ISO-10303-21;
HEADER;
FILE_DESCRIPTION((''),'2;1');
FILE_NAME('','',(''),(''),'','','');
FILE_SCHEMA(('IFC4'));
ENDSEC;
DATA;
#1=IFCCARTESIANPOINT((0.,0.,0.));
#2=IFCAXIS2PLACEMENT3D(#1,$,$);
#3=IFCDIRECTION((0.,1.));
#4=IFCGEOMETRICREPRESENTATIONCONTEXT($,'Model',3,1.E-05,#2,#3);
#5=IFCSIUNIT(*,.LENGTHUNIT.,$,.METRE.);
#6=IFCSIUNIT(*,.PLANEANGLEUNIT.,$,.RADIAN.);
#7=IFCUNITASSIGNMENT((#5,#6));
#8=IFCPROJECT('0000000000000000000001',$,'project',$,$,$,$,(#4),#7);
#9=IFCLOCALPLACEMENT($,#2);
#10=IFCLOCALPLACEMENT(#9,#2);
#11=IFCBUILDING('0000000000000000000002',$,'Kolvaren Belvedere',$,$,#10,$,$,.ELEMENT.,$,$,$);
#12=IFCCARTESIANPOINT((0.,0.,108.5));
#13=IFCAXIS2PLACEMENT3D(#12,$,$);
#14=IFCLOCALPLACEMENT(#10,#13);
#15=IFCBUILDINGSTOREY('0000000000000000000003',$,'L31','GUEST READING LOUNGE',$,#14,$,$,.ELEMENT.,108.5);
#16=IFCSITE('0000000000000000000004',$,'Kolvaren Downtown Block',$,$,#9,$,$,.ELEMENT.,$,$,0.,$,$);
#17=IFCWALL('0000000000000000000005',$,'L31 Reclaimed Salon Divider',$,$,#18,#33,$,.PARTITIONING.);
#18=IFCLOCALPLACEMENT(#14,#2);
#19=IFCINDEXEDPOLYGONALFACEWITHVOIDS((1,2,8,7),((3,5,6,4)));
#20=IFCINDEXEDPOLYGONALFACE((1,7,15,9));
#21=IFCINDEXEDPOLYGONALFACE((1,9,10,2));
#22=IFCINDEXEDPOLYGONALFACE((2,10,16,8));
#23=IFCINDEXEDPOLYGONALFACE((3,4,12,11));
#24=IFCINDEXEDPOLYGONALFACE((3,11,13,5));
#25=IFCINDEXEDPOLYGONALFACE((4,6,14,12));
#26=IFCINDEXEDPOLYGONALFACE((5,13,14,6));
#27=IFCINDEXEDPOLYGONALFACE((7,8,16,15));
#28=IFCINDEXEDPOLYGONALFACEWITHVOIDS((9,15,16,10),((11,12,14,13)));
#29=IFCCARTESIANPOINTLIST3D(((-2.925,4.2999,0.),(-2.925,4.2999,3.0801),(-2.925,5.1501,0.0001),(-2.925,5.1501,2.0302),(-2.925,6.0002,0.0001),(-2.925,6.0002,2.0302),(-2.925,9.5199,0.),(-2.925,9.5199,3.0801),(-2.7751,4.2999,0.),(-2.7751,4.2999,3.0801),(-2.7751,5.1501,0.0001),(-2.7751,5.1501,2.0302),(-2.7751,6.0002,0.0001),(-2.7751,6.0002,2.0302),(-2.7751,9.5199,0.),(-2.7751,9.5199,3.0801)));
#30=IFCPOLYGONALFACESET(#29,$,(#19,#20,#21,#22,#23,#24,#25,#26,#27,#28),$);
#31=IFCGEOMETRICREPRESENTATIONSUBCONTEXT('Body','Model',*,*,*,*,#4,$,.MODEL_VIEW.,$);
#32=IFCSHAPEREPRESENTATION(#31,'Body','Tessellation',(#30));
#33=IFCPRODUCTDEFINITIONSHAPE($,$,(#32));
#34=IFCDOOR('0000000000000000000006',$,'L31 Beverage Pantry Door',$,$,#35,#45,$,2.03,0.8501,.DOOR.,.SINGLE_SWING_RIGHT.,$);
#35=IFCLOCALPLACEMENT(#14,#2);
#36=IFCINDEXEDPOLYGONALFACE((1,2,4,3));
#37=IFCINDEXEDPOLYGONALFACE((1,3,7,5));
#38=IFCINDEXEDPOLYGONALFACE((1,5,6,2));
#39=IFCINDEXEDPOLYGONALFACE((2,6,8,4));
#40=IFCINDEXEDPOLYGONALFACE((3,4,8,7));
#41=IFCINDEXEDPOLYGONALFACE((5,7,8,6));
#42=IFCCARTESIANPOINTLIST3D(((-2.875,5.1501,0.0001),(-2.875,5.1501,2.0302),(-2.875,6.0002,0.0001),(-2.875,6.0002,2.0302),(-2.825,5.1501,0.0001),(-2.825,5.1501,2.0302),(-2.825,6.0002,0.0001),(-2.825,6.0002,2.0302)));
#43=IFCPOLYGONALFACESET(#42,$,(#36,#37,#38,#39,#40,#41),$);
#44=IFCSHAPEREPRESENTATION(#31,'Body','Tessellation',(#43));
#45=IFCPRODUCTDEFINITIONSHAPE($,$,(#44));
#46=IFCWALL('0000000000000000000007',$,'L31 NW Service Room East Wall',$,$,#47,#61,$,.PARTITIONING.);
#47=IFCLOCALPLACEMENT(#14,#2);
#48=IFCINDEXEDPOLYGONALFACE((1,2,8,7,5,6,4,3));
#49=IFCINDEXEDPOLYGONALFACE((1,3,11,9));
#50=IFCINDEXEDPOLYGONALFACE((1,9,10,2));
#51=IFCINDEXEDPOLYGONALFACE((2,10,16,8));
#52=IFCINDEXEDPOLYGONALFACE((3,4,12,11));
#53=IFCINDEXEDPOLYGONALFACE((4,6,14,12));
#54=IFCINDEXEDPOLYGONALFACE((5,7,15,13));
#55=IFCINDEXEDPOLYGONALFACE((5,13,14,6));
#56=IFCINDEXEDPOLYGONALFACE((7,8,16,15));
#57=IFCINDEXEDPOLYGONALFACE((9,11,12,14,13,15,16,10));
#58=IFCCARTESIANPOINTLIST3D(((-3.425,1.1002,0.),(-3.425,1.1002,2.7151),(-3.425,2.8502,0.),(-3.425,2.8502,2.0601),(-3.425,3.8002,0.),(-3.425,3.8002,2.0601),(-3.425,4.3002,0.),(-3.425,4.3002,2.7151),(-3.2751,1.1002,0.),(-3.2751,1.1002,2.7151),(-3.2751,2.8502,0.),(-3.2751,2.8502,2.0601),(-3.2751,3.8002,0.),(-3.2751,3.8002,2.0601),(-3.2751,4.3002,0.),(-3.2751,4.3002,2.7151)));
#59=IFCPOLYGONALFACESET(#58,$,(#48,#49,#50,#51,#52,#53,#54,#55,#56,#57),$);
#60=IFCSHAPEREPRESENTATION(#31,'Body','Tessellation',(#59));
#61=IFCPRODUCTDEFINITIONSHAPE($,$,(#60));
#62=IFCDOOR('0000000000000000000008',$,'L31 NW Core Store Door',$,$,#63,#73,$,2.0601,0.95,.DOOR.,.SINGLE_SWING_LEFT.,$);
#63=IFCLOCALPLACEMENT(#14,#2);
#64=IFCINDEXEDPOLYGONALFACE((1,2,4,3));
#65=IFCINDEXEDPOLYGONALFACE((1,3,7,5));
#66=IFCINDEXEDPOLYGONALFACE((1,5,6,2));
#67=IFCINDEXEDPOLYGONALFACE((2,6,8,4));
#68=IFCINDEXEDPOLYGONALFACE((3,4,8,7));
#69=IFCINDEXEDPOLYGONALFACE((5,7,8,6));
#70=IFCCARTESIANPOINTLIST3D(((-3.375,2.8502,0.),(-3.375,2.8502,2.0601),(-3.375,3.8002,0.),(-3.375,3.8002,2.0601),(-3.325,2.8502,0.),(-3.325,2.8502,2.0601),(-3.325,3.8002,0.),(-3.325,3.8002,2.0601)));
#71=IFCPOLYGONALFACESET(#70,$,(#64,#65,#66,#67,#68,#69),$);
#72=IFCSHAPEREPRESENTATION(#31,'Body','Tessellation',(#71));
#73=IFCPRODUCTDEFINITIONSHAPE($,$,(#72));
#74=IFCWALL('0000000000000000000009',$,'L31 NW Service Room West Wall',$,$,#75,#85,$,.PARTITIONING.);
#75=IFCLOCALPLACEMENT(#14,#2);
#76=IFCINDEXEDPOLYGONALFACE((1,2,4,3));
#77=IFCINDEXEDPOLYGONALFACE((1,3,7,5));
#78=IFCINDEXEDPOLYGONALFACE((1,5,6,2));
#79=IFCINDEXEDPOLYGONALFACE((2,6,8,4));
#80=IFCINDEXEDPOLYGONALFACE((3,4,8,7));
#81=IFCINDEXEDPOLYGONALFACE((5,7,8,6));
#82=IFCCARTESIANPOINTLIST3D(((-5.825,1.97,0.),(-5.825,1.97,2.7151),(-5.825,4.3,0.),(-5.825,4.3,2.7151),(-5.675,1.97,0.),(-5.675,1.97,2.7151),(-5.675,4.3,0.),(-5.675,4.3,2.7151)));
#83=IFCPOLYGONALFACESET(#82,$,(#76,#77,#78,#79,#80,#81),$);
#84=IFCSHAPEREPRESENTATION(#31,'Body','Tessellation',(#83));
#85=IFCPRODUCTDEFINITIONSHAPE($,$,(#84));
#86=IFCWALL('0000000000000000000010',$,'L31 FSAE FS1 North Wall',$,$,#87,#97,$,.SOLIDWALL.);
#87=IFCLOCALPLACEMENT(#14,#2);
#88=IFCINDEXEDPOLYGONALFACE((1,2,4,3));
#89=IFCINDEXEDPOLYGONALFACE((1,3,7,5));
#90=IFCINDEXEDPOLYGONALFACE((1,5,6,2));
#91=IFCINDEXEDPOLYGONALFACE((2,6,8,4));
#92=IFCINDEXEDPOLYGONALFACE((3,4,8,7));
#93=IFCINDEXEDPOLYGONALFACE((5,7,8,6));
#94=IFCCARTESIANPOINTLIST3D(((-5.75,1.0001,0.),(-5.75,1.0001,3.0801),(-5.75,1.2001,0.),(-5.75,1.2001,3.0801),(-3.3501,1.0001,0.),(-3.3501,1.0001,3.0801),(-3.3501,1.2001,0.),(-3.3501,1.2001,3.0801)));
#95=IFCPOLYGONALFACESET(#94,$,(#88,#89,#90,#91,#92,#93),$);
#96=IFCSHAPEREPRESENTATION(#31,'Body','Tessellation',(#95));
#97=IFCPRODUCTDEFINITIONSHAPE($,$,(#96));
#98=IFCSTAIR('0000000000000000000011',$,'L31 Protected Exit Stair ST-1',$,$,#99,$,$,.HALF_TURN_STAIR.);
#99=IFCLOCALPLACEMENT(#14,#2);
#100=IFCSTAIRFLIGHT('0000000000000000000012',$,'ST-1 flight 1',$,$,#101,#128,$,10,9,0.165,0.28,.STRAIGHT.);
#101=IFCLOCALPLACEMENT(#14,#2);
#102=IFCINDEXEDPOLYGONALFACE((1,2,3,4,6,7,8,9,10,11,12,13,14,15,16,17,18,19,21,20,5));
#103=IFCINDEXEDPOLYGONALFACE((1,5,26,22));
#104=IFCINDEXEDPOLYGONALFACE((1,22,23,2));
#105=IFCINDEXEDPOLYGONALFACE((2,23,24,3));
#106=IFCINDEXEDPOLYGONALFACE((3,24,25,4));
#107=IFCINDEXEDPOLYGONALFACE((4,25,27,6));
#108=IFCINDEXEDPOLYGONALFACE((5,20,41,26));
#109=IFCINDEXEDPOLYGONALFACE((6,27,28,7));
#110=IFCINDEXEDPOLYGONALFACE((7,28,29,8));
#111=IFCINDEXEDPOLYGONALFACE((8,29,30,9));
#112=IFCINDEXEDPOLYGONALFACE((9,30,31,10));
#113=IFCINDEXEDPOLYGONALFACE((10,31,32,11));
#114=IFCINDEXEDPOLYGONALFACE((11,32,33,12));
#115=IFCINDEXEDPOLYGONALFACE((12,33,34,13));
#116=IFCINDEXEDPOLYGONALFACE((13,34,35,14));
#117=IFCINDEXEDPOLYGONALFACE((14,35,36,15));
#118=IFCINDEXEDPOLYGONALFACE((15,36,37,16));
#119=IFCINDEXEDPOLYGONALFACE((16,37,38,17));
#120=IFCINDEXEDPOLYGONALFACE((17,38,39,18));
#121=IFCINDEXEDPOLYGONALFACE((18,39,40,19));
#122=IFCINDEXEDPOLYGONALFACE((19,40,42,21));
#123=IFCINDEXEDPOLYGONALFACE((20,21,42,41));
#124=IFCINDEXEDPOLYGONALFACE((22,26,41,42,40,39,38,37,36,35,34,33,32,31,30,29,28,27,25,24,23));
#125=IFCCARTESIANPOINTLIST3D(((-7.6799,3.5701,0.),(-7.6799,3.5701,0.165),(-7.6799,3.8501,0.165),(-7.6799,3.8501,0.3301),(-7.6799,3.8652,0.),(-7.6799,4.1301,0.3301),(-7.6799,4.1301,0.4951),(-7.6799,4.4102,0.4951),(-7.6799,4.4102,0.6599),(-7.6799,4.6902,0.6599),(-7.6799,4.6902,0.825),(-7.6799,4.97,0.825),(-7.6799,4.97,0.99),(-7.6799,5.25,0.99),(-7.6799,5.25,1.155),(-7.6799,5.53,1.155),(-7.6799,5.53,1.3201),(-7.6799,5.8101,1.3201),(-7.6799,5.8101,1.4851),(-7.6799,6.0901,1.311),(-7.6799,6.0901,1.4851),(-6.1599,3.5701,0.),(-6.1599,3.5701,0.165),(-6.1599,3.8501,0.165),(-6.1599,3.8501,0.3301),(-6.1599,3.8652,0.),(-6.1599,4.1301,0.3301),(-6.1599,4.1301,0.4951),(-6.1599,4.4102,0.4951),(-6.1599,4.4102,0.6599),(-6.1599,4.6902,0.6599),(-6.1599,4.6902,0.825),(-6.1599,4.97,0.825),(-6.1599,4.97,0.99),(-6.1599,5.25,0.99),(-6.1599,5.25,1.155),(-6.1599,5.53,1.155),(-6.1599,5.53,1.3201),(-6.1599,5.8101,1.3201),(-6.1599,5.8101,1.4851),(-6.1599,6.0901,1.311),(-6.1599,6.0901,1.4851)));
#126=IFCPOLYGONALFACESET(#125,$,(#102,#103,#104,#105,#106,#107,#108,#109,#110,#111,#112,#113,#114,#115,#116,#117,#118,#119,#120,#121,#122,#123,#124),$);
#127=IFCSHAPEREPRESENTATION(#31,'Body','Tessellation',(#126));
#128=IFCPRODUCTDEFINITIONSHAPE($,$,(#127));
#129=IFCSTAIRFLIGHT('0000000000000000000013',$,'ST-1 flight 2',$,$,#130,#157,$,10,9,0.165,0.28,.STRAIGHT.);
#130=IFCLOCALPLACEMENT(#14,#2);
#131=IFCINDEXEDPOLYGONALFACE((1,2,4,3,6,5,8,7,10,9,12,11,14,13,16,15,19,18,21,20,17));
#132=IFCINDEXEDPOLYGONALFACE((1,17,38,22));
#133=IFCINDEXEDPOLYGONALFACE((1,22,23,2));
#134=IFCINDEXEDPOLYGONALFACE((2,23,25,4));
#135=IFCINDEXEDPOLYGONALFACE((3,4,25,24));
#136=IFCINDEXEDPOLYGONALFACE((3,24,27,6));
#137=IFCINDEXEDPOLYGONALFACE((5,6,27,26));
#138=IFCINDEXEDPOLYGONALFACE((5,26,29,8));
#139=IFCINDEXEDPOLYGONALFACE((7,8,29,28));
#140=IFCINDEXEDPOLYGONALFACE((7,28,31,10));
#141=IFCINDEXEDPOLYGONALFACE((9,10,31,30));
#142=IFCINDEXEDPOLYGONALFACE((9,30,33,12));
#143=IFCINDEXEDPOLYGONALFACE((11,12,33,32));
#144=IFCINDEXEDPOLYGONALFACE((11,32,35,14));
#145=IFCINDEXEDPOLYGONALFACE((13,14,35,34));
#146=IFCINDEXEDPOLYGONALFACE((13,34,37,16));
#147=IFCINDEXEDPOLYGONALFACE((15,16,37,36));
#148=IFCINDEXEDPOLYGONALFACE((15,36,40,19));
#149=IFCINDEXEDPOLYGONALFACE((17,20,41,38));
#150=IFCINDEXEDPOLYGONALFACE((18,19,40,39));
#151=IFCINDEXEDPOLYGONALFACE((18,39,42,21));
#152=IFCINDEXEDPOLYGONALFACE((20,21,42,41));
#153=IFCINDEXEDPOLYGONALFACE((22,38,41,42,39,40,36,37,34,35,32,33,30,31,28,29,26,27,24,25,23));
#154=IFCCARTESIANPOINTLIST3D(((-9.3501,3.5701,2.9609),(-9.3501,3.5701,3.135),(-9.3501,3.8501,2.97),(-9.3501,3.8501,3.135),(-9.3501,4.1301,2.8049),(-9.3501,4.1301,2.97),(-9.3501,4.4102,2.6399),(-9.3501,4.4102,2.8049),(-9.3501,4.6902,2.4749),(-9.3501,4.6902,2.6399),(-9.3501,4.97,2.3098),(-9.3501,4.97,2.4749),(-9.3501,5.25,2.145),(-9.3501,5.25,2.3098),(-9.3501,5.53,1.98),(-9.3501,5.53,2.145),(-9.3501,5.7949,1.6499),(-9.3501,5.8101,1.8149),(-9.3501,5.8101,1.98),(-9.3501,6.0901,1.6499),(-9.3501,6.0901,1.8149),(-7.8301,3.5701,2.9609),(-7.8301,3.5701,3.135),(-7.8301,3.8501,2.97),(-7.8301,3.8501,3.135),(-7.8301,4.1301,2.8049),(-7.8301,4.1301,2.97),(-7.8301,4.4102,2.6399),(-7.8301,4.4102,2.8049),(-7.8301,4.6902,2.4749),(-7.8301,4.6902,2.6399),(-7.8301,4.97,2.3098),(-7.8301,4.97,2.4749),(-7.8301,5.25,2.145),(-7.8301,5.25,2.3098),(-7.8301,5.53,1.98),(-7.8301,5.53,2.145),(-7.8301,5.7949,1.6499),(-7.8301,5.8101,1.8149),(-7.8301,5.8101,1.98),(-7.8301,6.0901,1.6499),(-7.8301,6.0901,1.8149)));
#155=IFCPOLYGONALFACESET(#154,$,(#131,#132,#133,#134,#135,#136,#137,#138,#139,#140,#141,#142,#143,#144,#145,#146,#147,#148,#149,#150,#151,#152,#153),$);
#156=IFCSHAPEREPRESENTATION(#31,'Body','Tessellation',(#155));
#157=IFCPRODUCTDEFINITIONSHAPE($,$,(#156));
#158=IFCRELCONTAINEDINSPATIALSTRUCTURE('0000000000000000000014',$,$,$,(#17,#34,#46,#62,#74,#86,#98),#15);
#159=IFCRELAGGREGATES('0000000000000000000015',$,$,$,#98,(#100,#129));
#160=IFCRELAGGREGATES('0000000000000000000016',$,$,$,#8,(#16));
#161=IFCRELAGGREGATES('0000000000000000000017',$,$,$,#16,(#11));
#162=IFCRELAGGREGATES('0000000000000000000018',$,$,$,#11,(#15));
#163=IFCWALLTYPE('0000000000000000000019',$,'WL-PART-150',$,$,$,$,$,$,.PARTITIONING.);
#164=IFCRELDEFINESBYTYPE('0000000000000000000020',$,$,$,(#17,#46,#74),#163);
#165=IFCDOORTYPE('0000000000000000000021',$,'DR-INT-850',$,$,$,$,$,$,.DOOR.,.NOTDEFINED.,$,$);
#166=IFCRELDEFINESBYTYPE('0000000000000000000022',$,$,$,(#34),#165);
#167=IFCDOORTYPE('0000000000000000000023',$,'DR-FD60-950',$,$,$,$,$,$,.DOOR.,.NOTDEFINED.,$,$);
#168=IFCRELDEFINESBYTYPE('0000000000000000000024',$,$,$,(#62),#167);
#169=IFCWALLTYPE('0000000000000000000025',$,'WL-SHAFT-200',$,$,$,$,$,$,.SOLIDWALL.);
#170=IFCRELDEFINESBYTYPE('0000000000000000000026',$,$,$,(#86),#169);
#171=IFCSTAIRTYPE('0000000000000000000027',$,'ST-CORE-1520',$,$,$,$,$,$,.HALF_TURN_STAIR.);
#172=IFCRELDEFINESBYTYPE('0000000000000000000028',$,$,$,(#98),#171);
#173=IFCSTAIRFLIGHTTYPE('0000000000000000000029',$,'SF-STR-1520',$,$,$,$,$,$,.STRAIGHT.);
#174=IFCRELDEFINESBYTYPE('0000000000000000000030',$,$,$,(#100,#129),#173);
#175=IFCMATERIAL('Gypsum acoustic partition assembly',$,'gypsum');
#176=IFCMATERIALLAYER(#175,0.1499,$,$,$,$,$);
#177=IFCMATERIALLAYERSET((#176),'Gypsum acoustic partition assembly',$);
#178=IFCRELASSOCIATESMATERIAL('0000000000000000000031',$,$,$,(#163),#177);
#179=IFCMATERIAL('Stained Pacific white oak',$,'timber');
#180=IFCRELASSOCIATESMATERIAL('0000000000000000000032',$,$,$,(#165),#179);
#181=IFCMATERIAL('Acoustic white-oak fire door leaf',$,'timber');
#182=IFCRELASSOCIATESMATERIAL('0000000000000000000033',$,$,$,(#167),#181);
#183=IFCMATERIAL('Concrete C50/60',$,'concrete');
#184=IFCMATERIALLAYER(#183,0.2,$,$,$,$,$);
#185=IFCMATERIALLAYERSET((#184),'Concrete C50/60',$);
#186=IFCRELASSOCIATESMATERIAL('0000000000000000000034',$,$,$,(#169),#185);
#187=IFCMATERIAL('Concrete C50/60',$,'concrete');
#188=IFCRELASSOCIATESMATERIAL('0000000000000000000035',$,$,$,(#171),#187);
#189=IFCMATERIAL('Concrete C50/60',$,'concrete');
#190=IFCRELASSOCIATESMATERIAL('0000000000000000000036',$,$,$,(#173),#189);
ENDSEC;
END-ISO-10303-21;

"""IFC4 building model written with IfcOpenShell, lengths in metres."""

from ifc_helpers import new_model, si_unit, direction, frame, frame_2d, origin, place, context, subcontext, project, spatial, polyline, rectangle, outline, extrude, material, layer, layer_set, type_object, element, fill, aggregate, save


model = new_model("IFC4")

# Units and contexts
model_context = context("Model", 3, precision=1e-05, world=origin(), true_north=direction((0.0, 1.0)))
body_context = subcontext(model_context, "Body", "Model", "MODEL_VIEW")
ifc_project = project(units=[si_unit("LENGTHUNIT", "METRE"), si_unit("PLANEANGLEUNIT", "RADIAN")], contexts=[model_context])

# Site, building, storey
site_placement = place(None, origin())
site = spatial("IfcSite", under=ifc_project, at=site_placement, Name="Kolvaren Downtown Block", CompositionType="ELEMENT", RefElevation=0.0)
building_placement = place(site_placement, origin())
building = spatial("IfcBuilding", under=site, at=building_placement, Name="Kolvaren Belvedere", CompositionType="ELEMENT")
storey_placement = place(building_placement, frame((0.0, 0.0, 108.5)))
storey = spatial("IfcBuildingStorey", under=building, at=storey_placement, Name="L31", Description="GUEST READING LOUNGE", CompositionType="ELEMENT", Elevation=108.5)

# Shared definitions
ifc_material_1 = material(Name="Gypsum acoustic partition assembly", Category="gypsum")
ifc_layer_1 = layer(ifc_material_1, 0.1499)
ifc_layer_set_1 = layer_set([ifc_layer_1], Name="Gypsum acoustic partition assembly")
wall_type_1 = type_object("IfcWallType", Name="WL-PART-150", PredefinedType="PARTITIONING", material=ifc_layer_set_1)

# Walls, openings, doors
wall_1_placement = place(storey_placement, frame((-2.8501, 4.3, 0.0), z_axis=(0.0, 0.0, 1.0), x_axis=(0.0, 1.0, 0.0)))
wall_1 = element("IfcWall", 1, at=wall_1_placement, inside=storey, type_object=wall_type_1, Name="L31 Reclaimed Salon Divider", PredefinedType="PARTITIONING", context=body_context, shape_type="SweptSolid", body=[
    extrude(rectangle(XDim=5.22, YDim=0.1499, at=frame_2d((2.6099, 0.0))), origin(), (0.0, 0.0, 1.0), 3.0801),
])
opening_1_placement = place(wall_1_placement, frame((0.8501, 0.0, 0.0)))
opening_1 = element("IfcOpeningElement", 2, at=opening_1_placement, cuts=wall_1, PredefinedType="OPENING", context=body_context, shape_type="SweptSolid", body=[
    extrude(rectangle(XDim=0.8501, YDim=2.03, at=frame_2d((0.425, 1.0151))), frame((0.0, 0.085, 0.0), z_axis=(0.0, -1.0, 0.0), x_axis=(1.0, 0.0, 0.0)), (0.0, 0.0, 1.0), 0.1699),
])
ifc_material_2 = material(Name="Stained Pacific white oak", Category="timber")
door_type_1 = type_object("IfcDoorType", Name="DR-INT-850", OperationType="NOTDEFINED", PredefinedType="DOOR", material=ifc_material_2)
door_1_placement = place(opening_1_placement, origin())
door_1 = element("IfcDoor", 3, at=door_1_placement, inside=storey, type_object=door_type_1, Name="L31 Beverage Pantry Door", OperationType="SINGLE_SWING_RIGHT", OverallHeight=2.03, OverallWidth=0.8501, PredefinedType="DOOR", context=body_context, shape_type="SweptSolid", body=[
    extrude(rectangle(XDim=0.8501, YDim=2.03, at=frame_2d((0.425, 1.0151))), frame((0.0, 0.0249, 0.0), z_axis=(0.0, -1.0, 0.0), x_axis=(1.0, 0.0, 0.0)), (0.0, 0.0, 1.0), 0.05),
])
fill(opening_1, door_1)
wall_2_placement = place(storey_placement, frame((-3.3501, 1.1001, 0.0), z_axis=(0.0, 0.0, 1.0), x_axis=(0.0, 1.0, 0.0)))
wall_2 = element("IfcWall", 4, at=wall_2_placement, inside=storey, type_object=wall_type_1, Name="L31 NW Service Room East Wall", PredefinedType="PARTITIONING", context=body_context, shape_type="SweptSolid", body=[
    extrude(rectangle(XDim=3.2, YDim=0.1499, at=frame_2d((1.6001, 0.0))), origin(), (0.0, 0.0, 1.0), 2.7151),
])
opening_2_placement = place(wall_2_placement, frame((1.75, 0.0, 0.0)))
opening_2 = element("IfcOpeningElement", 5, at=opening_2_placement, cuts=wall_2, PredefinedType="OPENING", context=body_context, shape_type="SweptSolid", body=[
    extrude(rectangle(XDim=0.95, YDim=2.0601, at=frame_2d((0.4751, 1.03))), frame((0.0, 0.085, 0.0), z_axis=(0.0, -1.0, 0.0), x_axis=(1.0, 0.0, 0.0)), (0.0, 0.0, 1.0), 0.1699),
])
ifc_material_3 = material(Name="Acoustic white-oak fire door leaf", Category="timber")
door_type_2 = type_object("IfcDoorType", Name="DR-FD60-950", OperationType="NOTDEFINED", PredefinedType="DOOR", material=ifc_material_3)
door_2_placement = place(opening_2_placement, origin())
door_2 = element("IfcDoor", 6, at=door_2_placement, inside=storey, type_object=door_type_2, Name="L31 NW Core Store Door", OperationType="SINGLE_SWING_LEFT", OverallHeight=2.0601, OverallWidth=0.95, PredefinedType="DOOR", context=body_context, shape_type="SweptSolid", body=[
    extrude(rectangle(XDim=0.95, YDim=2.0601, at=frame_2d((0.4751, 1.03))), frame((0.0, 0.0249, 0.0), z_axis=(0.0, -1.0, 0.0), x_axis=(1.0, 0.0, 0.0)), (0.0, 0.0, 1.0), 0.05),
])
fill(opening_2, door_2)

# Walls
wall_3_placement = place(storey_placement, frame((-5.75, 1.97, 0.0), z_axis=(0.0, 0.0, 1.0), x_axis=(0.0, 1.0, 0.0)))
element("IfcWall", 7, at=wall_3_placement, inside=storey, type_object=wall_type_1, Name="L31 NW Service Room West Wall", PredefinedType="PARTITIONING", context=body_context, shape_type="SweptSolid", body=[
    extrude(rectangle(XDim=2.3301, YDim=0.1499, at=frame_2d((1.165, 0.0))), origin(), (0.0, 0.0, 1.0), 2.7151),
])
ifc_material_4 = material(Name="Concrete C50/60", Category="concrete")
ifc_layer_2 = layer(ifc_material_4, 0.2)
ifc_layer_set_2 = layer_set([ifc_layer_2], Name="Concrete C50/60")
wall_type_2 = type_object("IfcWallType", Name="WL-SHAFT-200", PredefinedType="SOLIDWALL", material=ifc_layer_set_2)
wall_4_placement = place(storey_placement, frame((-5.75, 1.1001, 0.0), z_axis=(0.0, 0.0, 1.0), x_axis=(1.0, 0.0, 0.0)))
element("IfcWall", 8, at=wall_4_placement, inside=storey, type_object=wall_type_2, Name="L31 FSAE FS1 North Wall", PredefinedType="SOLIDWALL", context=body_context, shape_type="SweptSolid", body=[
    extrude(rectangle(XDim=2.3999, YDim=0.2, at=frame_2d((1.2, 0.0))), origin(), (0.0, 0.0, 1.0), 3.0801),
])

# Stair, stair flights
ifc_material_5 = material(Name="Concrete C50/60", Category="concrete")
stair_type = type_object("IfcStairType", Name="ST-CORE-1520", PredefinedType="HALF_TURN_STAIR", material=ifc_material_5)
stair_placement = place(storey_placement, origin())
stair = element("IfcStair", 9, at=stair_placement, inside=storey, type_object=stair_type, Name="L31 Protected Exit Stair ST-1", PredefinedType="HALF_TURN_STAIR")
ifc_material_6 = material(Name="Concrete C50/60", Category="concrete")
stair_flight_type = type_object("IfcStairFlightType", Name="SF-STR-1520", PredefinedType="STRAIGHT", material=ifc_material_6)
stair_flight_1_placement = place(storey_placement, frame((-6.9199, 3.5701, 0.0), z_axis=(0.0, 0.0, 1.0), x_axis=(0.0, 1.0, 0.0)))
stair_flight_1 = element("IfcStairFlight", 10, at=stair_flight_1_placement, type_object=stair_flight_type, Name="ST-1 flight 1", NumberOfRisers=10, NumberOfTreads=9, PredefinedType="STRAIGHT", RiserHeight=0.165, TreadLength=0.28, context=body_context, shape_type="SweptSolid", body=[
    extrude(outline(polyline([(0.0, 0.0), (0.0, 0.165), (0.28, 0.165), (0.28, 0.3301), (0.5601, 0.3301), (0.5601, 0.4951), (0.8401, 0.4951), (0.8401, 0.6599), (1.1201, 0.6599), (1.1201, 0.825), (1.3999, 0.825), (1.3999, 0.99), (1.6799, 0.99), (1.6799, 1.155), (1.96, 1.155), (1.96, 1.3201), (2.24, 1.3201), (2.24, 1.4851), (2.52, 1.4851), (2.52, 1.6499), (2.52, 1.311), (0.2952, 0.0), (0.0, 0.0)])), frame((0.0, 0.76, 0.0), z_axis=(0.0, -1.0, 0.0), x_axis=(1.0, 0.0, 0.0)), (0.0, 0.0, 1.0), 1.52),
])
stair_flight_2_placement = place(storey_placement, frame((-8.5901, 6.0901, 1.6499), z_axis=(0.0, 0.0, 1.0), x_axis=(0.0, -1.0, 0.0)))
stair_flight_2 = element("IfcStairFlight", 11, at=stair_flight_2_placement, type_object=stair_flight_type, Name="ST-1 flight 2", NumberOfRisers=10, NumberOfTreads=9, PredefinedType="STRAIGHT", RiserHeight=0.165, TreadLength=0.28, context=body_context, shape_type="SweptSolid", body=[
    extrude(outline(polyline([(0.0, 0.0), (0.0, 0.165), (0.28, 0.165), (0.28, 0.3301), (0.5601, 0.3301), (0.5601, 0.4951), (0.8401, 0.4951), (0.8401, 0.6599), (1.1201, 0.6599), (1.1201, 0.825), (1.3999, 0.825), (1.3999, 0.99), (1.6799, 0.99), (1.6799, 1.155), (1.96, 1.155), (1.96, 1.3201), (2.24, 1.3201), (2.24, 1.4851), (2.52, 1.4851), (2.52, 1.6499), (2.52, 1.311), (0.2952, 0.0), (0.0, 0.0)])), frame((0.0, 0.76, 0.0), z_axis=(0.0, -1.0, 0.0), x_axis=(1.0, 0.0, 0.0)), (0.0, 0.0, 1.0), 1.52),
])
aggregate(stair, [stair_flight_1, stair_flight_2])

save(model, "model.ifc")
